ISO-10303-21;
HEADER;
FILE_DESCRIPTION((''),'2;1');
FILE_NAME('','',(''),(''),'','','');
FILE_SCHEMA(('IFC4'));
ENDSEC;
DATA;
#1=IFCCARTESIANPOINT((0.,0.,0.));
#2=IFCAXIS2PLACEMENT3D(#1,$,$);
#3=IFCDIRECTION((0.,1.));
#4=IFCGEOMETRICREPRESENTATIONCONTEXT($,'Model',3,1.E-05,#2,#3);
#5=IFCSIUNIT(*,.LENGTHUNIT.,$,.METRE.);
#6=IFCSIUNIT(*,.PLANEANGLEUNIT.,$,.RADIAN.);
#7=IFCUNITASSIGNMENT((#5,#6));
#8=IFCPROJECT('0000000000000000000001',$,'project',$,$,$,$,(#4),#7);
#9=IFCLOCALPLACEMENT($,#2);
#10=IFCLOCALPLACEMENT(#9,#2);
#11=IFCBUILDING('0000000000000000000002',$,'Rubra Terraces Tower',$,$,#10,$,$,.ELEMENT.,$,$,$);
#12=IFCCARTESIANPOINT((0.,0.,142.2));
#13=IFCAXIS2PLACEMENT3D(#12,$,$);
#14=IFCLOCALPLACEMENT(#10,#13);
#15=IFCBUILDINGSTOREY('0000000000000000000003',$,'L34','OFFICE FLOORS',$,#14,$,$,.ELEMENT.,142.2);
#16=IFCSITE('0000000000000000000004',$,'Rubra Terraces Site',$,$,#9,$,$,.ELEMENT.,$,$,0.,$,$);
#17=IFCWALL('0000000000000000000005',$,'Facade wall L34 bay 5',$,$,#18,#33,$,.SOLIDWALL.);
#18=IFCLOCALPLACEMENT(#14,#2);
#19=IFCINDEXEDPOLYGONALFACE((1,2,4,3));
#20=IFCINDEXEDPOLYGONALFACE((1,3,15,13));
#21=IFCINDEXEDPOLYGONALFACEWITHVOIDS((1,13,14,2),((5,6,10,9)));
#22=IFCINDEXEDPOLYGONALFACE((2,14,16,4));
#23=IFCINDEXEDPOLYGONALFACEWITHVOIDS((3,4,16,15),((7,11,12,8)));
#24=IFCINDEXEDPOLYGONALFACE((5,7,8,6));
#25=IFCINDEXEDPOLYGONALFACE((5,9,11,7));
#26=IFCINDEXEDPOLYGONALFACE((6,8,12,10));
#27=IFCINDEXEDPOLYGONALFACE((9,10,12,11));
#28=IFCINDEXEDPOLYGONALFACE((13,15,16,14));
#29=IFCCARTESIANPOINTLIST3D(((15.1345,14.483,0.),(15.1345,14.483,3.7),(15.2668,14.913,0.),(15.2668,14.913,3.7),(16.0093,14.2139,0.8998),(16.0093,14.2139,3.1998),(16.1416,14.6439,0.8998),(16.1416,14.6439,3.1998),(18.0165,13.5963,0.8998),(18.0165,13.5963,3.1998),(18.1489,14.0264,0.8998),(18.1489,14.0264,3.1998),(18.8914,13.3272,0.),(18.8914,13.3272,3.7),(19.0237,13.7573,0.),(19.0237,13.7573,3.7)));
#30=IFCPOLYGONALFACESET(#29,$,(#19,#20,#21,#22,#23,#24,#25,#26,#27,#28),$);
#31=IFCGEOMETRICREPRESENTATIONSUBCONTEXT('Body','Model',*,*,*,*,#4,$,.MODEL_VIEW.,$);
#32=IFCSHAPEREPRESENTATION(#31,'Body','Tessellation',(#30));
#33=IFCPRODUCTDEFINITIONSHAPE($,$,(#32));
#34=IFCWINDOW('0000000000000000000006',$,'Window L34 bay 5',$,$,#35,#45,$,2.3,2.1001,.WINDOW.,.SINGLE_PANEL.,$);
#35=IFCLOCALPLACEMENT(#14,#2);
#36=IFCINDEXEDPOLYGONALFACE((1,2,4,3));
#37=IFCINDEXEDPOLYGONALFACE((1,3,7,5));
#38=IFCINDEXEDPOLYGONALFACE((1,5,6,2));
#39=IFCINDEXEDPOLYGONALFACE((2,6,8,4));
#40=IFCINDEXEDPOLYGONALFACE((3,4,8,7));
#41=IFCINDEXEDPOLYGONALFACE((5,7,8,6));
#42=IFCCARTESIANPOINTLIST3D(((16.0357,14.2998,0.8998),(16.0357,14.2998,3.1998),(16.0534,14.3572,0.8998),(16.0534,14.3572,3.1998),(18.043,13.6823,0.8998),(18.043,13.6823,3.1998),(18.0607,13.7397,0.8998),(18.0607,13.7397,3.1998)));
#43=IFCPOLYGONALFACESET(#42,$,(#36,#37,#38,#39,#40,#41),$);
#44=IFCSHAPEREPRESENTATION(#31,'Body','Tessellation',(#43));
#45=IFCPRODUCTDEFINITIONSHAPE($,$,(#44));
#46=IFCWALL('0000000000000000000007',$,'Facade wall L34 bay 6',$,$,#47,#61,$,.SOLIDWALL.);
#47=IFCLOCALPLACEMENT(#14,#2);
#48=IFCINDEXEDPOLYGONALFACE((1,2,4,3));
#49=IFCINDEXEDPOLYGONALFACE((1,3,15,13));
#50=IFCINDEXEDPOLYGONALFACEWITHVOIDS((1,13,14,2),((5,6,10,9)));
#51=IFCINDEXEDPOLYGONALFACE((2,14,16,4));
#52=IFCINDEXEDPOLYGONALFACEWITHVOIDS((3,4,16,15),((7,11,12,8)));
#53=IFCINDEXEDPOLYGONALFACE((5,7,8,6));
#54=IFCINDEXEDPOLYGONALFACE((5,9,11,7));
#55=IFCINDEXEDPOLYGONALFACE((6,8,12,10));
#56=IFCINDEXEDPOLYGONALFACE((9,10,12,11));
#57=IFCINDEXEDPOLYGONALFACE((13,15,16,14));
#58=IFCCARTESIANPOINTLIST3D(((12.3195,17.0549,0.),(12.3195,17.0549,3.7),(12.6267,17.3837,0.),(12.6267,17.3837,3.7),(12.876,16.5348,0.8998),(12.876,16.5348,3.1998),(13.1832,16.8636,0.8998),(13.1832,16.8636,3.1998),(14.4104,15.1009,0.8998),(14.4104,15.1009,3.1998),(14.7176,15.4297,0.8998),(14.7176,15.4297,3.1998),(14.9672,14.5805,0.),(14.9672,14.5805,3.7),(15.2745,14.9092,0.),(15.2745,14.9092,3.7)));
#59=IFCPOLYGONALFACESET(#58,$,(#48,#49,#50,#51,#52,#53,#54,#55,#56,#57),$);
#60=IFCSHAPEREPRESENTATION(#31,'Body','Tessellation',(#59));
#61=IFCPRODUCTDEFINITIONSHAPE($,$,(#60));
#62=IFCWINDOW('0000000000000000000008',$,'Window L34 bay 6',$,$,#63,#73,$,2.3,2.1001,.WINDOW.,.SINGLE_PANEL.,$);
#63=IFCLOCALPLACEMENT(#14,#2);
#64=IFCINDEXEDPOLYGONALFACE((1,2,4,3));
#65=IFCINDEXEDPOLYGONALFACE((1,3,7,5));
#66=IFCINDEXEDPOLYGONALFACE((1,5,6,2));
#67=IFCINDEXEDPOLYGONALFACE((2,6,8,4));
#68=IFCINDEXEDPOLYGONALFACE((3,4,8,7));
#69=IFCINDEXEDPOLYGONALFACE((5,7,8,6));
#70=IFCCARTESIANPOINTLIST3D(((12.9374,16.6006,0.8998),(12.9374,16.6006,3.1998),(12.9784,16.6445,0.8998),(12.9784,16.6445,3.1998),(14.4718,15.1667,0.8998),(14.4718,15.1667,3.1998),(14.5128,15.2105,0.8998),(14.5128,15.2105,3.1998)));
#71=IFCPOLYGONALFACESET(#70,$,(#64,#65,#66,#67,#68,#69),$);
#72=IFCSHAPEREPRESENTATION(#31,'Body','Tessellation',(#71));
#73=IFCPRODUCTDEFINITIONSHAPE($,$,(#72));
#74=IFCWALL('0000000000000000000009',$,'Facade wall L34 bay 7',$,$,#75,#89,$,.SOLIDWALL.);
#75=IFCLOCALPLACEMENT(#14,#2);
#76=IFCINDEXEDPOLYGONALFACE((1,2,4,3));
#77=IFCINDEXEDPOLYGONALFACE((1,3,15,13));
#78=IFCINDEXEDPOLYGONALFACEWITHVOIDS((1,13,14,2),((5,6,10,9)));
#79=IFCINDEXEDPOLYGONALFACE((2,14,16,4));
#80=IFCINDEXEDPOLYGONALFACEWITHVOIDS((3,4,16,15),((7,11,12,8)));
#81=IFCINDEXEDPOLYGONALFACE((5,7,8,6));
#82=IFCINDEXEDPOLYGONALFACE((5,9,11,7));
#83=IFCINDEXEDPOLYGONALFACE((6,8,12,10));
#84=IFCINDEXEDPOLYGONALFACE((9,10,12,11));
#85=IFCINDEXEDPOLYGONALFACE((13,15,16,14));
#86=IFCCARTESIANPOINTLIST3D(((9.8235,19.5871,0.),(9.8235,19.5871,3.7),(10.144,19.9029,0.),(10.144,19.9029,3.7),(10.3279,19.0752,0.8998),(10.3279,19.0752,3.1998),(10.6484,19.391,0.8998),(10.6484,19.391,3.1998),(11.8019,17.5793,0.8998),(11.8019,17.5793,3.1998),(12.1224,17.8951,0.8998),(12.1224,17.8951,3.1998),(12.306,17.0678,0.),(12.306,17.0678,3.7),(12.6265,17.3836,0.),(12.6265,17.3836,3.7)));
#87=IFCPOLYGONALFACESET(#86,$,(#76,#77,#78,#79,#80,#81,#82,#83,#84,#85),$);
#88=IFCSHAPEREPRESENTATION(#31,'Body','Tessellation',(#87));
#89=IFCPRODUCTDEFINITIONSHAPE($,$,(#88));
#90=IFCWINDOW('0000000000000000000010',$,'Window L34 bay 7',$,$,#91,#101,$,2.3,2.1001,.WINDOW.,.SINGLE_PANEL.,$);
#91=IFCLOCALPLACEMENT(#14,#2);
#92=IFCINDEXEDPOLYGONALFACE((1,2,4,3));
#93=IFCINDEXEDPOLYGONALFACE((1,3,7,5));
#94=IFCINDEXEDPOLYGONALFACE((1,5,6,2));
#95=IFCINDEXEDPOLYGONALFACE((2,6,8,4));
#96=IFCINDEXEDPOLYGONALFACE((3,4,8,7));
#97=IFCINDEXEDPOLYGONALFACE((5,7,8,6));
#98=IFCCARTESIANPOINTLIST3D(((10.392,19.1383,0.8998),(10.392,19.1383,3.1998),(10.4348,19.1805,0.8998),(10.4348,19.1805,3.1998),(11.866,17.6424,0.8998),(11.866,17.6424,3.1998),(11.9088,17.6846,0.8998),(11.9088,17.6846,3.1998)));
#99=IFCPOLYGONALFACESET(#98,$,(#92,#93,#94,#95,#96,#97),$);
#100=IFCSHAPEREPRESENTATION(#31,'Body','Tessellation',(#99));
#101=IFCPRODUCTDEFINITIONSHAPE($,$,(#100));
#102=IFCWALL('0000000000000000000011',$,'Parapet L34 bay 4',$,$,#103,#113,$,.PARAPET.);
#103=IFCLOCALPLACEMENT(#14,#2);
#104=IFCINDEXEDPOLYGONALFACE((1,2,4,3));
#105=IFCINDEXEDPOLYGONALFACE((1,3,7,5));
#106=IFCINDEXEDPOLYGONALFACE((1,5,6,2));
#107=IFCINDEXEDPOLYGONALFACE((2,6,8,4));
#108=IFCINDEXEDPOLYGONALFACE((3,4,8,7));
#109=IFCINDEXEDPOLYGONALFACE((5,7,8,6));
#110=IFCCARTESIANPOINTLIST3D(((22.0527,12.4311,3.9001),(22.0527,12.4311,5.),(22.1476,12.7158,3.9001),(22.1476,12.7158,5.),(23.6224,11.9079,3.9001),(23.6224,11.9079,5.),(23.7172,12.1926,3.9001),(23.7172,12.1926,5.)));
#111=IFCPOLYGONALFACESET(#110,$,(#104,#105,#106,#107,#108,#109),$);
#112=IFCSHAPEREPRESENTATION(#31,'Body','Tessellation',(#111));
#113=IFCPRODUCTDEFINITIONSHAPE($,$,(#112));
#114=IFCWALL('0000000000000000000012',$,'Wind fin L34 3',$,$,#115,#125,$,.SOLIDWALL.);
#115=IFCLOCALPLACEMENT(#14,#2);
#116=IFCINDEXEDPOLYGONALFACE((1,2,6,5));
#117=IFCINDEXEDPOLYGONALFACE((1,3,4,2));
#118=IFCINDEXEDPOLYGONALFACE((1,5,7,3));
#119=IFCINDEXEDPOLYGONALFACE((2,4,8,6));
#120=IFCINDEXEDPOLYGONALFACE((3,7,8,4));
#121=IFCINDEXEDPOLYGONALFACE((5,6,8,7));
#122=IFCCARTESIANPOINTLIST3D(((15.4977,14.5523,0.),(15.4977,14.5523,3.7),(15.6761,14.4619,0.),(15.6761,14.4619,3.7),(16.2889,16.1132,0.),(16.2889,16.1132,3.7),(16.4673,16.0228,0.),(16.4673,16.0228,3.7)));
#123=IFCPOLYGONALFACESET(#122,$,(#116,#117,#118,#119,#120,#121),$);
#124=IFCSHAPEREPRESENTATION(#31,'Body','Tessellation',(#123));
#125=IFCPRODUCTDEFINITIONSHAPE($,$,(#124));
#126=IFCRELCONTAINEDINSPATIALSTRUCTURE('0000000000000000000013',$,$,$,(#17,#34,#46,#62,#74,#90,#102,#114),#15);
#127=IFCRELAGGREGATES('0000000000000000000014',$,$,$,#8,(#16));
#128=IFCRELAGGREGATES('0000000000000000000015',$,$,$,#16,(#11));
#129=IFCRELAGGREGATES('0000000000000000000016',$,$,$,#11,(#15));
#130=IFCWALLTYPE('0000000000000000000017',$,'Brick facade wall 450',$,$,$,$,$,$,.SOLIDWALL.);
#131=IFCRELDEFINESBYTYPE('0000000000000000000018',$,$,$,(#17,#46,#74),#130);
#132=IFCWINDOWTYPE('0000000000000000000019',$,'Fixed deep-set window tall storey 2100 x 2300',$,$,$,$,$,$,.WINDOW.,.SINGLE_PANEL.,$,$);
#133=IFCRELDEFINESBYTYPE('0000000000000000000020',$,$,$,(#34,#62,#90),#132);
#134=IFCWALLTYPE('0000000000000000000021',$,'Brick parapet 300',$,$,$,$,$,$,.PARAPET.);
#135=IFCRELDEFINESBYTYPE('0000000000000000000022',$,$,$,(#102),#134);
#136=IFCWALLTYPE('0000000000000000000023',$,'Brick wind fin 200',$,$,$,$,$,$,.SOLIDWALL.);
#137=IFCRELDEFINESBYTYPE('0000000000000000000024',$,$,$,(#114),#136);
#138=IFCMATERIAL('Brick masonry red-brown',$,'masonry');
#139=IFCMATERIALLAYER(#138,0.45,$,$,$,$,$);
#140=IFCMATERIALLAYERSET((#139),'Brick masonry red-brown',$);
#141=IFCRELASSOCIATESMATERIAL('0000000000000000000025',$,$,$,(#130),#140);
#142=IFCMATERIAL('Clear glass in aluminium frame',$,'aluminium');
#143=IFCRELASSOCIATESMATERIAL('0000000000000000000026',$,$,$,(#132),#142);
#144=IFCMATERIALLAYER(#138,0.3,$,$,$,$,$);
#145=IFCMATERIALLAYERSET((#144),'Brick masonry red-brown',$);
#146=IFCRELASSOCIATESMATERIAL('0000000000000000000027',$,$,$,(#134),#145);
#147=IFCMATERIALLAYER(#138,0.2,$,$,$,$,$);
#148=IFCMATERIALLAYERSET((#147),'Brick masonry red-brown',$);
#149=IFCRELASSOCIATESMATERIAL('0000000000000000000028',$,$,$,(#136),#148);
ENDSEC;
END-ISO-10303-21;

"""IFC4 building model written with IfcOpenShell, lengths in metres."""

from ifc_helpers import new_model, si_unit, direction, frame, frame_2d, origin, place, context, subcontext, project, spatial, rectangle, extrude, material, layer, layer_set, type_object, element, fill, save


model = new_model("IFC4")

# Units and contexts
model_context = context("Model", 3, precision=1e-05, world=origin(), true_north=direction((0.0, 1.0)))
body_context = subcontext(model_context, "Body", "Model", "MODEL_VIEW")
ifc_project = project(units=[si_unit("LENGTHUNIT", "METRE"), si_unit("PLANEANGLEUNIT", "RADIAN")], contexts=[model_context])

# Site, building, storey
site_placement = place(None, origin())
site = spatial("IfcSite", under=ifc_project, at=site_placement, Name="Rubra Terraces Site", CompositionType="ELEMENT", RefElevation=0.0)
building_placement = place(site_placement, origin())
building = spatial("IfcBuilding", under=site, at=building_placement, Name="Rubra Terraces Tower", CompositionType="ELEMENT")
storey_placement = place(building_placement, frame((0.0, 0.0, 142.2)))
storey = spatial("IfcBuildingStorey", under=building, at=storey_placement, Name="L34", Description="OFFICE FLOORS", CompositionType="ELEMENT", Elevation=142.2)

# Walls, openings, windows
ifc_material_1 = material(Name="Brick masonry red-brown", Category="masonry")
ifc_layer_1 = layer(ifc_material_1, 0.45)
ifc_layer_set_1 = layer_set([ifc_layer_1], Name="Brick masonry red-brown")
wall_type_1 = type_object("IfcWallType", Name="Brick facade wall 450", PredefinedType="SOLIDWALL", material=ifc_layer_set_1)
ifc_material_2 = material(Name="Clear glass in aluminium frame", Category="aluminium")
window_type = type_object("IfcWindowType", Name="Fixed deep-set window tall storey 2100 x 2300", PartitioningType="SINGLE_PANEL", PredefinedType="WINDOW", material=ifc_material_2)
wall_1_placement = place(storey_placement, frame((18.9575, 13.5422, 0.0), z_axis=(0.0, 0.0, 1.0), x_axis=(-0.955792, 0.294042, 0.0)))
wall_1 = element("IfcWall", 1, at=wall_1_placement, inside=storey, type_object=wall_type_1, Name="Facade wall L34 bay 5", PredefinedType="SOLIDWALL", context=body_context, shape_type="SweptSolid", body=[
    extrude(rectangle(XDim=3.9307, YDim=0.45, at=frame_2d((1.9653, 0.0))), origin(), (0.0, 0.0, 1.0), 3.7),
])
opening_1_placement = place(wall_1_placement, frame((0.9153, 0.0, 0.8999)))
opening_1 = element("IfcOpeningElement", 2, at=opening_1_placement, cuts=wall_1, PredefinedType="OPENING", context=body_context, shape_type="SweptSolid", body=[
    extrude(rectangle(XDim=2.1001, YDim=2.3, at=frame_2d((1.05, 1.1499))), frame((0.0, 0.2349, 0.0), z_axis=(0.0, -1.0, 0.0), x_axis=(1.0, 0.0, 0.0)), (0.0, 0.0, 1.0), 0.47),
])
window_1_placement = place(opening_1_placement, origin())
window_1 = element("IfcWindow", 3, at=window_1_placement, inside=storey, type_object=window_type, Name="Window L34 bay 5", OverallHeight=2.3, OverallWidth=2.1001, PartitioningType="SINGLE_PANEL", PredefinedType="WINDOW", context=body_context, shape_type="SweptSolid", body=[
    extrude(rectangle(XDim=2.1001, YDim=2.3, at=frame_2d((1.05, 1.1499))), frame((0.0, 0.135, 0.0), z_axis=(0.0, -1.0, 0.0), x_axis=(1.0, 0.0, 0.0)), (0.0, 0.0, 1.0), 0.0601),
])
fill(opening_1, window_1)
wall_2_placement = place(storey_placement, frame((15.1208, 14.7449, 0.0), z_axis=(0.0, 0.0, 1.0), x_axis=(-0.730618, 0.682786, 0.0)))
wall_2 = element("IfcWall", 4, at=wall_2_placement, inside=storey, type_object=wall_type_1, Name="Facade wall L34 bay 6", PredefinedType="SOLIDWALL", context=body_context, shape_type="SweptSolid", body=[
    extrude(rectangle(XDim=3.624, YDim=0.45, at=frame_2d((1.812, 0.0))), origin(), (0.0, 0.0, 1.0), 3.7),
])
opening_2_placement = place(wall_2_placement, frame((0.7622, 0.0, 0.8999)))
opening_2 = element("IfcOpeningElement", 5, at=opening_2_placement, cuts=wall_2, PredefinedType="OPENING", context=body_context, shape_type="SweptSolid", body=[
    extrude(rectangle(XDim=2.1001, YDim=2.3, at=frame_2d((1.05, 1.1499))), frame((0.0, 0.2349, 0.0), z_axis=(0.0, -1.0, 0.0), x_axis=(1.0, 0.0, 0.0)), (0.0, 0.0, 1.0), 0.47),
])
window_2_placement = place(opening_2_placement, origin())
window_2 = element("IfcWindow", 6, at=window_2_placement, inside=storey, type_object=window_type, Name="Window L34 bay 6", OverallHeight=2.3, OverallWidth=2.1001, PartitioningType="SINGLE_PANEL", PredefinedType="WINDOW", context=body_context, shape_type="SweptSolid", body=[
    extrude(rectangle(XDim=2.1001, YDim=2.3, at=frame_2d((1.05, 1.1499))), frame((0.0, 0.135, 0.0), z_axis=(0.0, -1.0, 0.0), x_axis=(1.0, 0.0, 0.0)), (0.0, 0.0, 1.0), 0.0601),
])
fill(opening_2, window_2)
wall_3_placement = place(storey_placement, frame((12.4663, 17.2256, 0.0), z_axis=(0.0, 0.0, 1.0), x_axis=(-0.701876, 0.712299, 0.0)))
wall_3 = element("IfcWall", 7, at=wall_3_placement, inside=storey, type_object=wall_type_1, Name="Facade wall L34 bay 7", PredefinedType="SOLIDWALL", context=body_context, shape_type="SweptSolid", body=[
    extrude(rectangle(XDim=3.5369, YDim=0.45, at=frame_2d((1.7686, 0.0))), origin(), (0.0, 0.0, 1.0), 3.7),
])
opening_3_placement = place(wall_3_placement, frame((0.7183, 0.0, 0.8999)))
opening_3 = element("IfcOpeningElement", 8, at=opening_3_placement, cuts=wall_3, PredefinedType="OPENING", context=body_context, shape_type="SweptSolid", body=[
    extrude(rectangle(XDim=2.1001, YDim=2.3, at=frame_2d((1.05, 1.1499))), frame((0.0, 0.2349, 0.0), z_axis=(0.0, -1.0, 0.0), x_axis=(1.0, 0.0, 0.0)), (0.0, 0.0, 1.0), 0.47),
])
window_3_placement = place(opening_3_placement, origin())
window_3 = element("IfcWindow", 9, at=window_3_placement, inside=storey, type_object=window_type, Name="Window L34 bay 7", OverallHeight=2.3, OverallWidth=2.1001, PartitioningType="SINGLE_PANEL", PredefinedType="WINDOW", context=body_context, shape_type="SweptSolid", body=[
    extrude(rectangle(XDim=2.1001, YDim=2.3, at=frame_2d((1.05, 1.1499))), frame((0.0, 0.135, 0.0), z_axis=(0.0, -1.0, 0.0), x_axis=(1.0, 0.0, 0.0)), (0.0, 0.0, 1.0), 0.0601),
])
fill(opening_3, window_3)

# Walls
ifc_layer_2 = layer(ifc_material_1, 0.3)
ifc_layer_set_2 = layer_set([ifc_layer_2], Name="Brick masonry red-brown")
wall_type_2 = type_object("IfcWallType", Name="Brick parapet 300", PredefinedType="PARAPET", material=ifc_layer_set_2)
wall_4_placement = place(storey_placement, frame((23.6697, 12.0503, 3.9001), z_axis=(0.0, 0.0, 1.0), x_axis=(-0.948683, 0.316228, 0.0)))
element("IfcWall", 10, at=wall_4_placement, inside=storey, type_object=wall_type_2, Name="Parapet L34 bay 4", PredefinedType="PARAPET", context=body_context, shape_type="SweptSolid", body=[
    extrude(rectangle(XDim=1.6545, YDim=0.3, at=frame_2d((0.8271, 0.0))), origin(), (0.0, 0.0, 1.0), 1.0999),
])
ifc_layer_3 = layer(ifc_material_1, 0.2)
ifc_layer_set_3 = layer_set([ifc_layer_3], Name="Brick masonry red-brown")
wall_type_3 = type_object("IfcWallType", Name="Brick wind fin 200", PredefinedType="SOLIDWALL", material=ifc_layer_set_3)
wall_5_placement = place(storey_placement, frame((15.5869, 14.5071, 0.0), z_axis=(0.0, 0.0, 1.0), x_axis=(0.452117, 0.891959, 0.0)))
element("IfcWall", 11, at=wall_5_placement, inside=storey, type_object=wall_type_3, Name="Wind fin L34 3", PredefinedType="SOLIDWALL", context=body_context, shape_type="SweptSolid", body=[
    extrude(rectangle(XDim=1.75, YDim=0.2, at=frame_2d((0.875, 0.0))), origin(), (0.0, 0.0, 1.0), 3.7),
])

save(model, "model.ifc")
